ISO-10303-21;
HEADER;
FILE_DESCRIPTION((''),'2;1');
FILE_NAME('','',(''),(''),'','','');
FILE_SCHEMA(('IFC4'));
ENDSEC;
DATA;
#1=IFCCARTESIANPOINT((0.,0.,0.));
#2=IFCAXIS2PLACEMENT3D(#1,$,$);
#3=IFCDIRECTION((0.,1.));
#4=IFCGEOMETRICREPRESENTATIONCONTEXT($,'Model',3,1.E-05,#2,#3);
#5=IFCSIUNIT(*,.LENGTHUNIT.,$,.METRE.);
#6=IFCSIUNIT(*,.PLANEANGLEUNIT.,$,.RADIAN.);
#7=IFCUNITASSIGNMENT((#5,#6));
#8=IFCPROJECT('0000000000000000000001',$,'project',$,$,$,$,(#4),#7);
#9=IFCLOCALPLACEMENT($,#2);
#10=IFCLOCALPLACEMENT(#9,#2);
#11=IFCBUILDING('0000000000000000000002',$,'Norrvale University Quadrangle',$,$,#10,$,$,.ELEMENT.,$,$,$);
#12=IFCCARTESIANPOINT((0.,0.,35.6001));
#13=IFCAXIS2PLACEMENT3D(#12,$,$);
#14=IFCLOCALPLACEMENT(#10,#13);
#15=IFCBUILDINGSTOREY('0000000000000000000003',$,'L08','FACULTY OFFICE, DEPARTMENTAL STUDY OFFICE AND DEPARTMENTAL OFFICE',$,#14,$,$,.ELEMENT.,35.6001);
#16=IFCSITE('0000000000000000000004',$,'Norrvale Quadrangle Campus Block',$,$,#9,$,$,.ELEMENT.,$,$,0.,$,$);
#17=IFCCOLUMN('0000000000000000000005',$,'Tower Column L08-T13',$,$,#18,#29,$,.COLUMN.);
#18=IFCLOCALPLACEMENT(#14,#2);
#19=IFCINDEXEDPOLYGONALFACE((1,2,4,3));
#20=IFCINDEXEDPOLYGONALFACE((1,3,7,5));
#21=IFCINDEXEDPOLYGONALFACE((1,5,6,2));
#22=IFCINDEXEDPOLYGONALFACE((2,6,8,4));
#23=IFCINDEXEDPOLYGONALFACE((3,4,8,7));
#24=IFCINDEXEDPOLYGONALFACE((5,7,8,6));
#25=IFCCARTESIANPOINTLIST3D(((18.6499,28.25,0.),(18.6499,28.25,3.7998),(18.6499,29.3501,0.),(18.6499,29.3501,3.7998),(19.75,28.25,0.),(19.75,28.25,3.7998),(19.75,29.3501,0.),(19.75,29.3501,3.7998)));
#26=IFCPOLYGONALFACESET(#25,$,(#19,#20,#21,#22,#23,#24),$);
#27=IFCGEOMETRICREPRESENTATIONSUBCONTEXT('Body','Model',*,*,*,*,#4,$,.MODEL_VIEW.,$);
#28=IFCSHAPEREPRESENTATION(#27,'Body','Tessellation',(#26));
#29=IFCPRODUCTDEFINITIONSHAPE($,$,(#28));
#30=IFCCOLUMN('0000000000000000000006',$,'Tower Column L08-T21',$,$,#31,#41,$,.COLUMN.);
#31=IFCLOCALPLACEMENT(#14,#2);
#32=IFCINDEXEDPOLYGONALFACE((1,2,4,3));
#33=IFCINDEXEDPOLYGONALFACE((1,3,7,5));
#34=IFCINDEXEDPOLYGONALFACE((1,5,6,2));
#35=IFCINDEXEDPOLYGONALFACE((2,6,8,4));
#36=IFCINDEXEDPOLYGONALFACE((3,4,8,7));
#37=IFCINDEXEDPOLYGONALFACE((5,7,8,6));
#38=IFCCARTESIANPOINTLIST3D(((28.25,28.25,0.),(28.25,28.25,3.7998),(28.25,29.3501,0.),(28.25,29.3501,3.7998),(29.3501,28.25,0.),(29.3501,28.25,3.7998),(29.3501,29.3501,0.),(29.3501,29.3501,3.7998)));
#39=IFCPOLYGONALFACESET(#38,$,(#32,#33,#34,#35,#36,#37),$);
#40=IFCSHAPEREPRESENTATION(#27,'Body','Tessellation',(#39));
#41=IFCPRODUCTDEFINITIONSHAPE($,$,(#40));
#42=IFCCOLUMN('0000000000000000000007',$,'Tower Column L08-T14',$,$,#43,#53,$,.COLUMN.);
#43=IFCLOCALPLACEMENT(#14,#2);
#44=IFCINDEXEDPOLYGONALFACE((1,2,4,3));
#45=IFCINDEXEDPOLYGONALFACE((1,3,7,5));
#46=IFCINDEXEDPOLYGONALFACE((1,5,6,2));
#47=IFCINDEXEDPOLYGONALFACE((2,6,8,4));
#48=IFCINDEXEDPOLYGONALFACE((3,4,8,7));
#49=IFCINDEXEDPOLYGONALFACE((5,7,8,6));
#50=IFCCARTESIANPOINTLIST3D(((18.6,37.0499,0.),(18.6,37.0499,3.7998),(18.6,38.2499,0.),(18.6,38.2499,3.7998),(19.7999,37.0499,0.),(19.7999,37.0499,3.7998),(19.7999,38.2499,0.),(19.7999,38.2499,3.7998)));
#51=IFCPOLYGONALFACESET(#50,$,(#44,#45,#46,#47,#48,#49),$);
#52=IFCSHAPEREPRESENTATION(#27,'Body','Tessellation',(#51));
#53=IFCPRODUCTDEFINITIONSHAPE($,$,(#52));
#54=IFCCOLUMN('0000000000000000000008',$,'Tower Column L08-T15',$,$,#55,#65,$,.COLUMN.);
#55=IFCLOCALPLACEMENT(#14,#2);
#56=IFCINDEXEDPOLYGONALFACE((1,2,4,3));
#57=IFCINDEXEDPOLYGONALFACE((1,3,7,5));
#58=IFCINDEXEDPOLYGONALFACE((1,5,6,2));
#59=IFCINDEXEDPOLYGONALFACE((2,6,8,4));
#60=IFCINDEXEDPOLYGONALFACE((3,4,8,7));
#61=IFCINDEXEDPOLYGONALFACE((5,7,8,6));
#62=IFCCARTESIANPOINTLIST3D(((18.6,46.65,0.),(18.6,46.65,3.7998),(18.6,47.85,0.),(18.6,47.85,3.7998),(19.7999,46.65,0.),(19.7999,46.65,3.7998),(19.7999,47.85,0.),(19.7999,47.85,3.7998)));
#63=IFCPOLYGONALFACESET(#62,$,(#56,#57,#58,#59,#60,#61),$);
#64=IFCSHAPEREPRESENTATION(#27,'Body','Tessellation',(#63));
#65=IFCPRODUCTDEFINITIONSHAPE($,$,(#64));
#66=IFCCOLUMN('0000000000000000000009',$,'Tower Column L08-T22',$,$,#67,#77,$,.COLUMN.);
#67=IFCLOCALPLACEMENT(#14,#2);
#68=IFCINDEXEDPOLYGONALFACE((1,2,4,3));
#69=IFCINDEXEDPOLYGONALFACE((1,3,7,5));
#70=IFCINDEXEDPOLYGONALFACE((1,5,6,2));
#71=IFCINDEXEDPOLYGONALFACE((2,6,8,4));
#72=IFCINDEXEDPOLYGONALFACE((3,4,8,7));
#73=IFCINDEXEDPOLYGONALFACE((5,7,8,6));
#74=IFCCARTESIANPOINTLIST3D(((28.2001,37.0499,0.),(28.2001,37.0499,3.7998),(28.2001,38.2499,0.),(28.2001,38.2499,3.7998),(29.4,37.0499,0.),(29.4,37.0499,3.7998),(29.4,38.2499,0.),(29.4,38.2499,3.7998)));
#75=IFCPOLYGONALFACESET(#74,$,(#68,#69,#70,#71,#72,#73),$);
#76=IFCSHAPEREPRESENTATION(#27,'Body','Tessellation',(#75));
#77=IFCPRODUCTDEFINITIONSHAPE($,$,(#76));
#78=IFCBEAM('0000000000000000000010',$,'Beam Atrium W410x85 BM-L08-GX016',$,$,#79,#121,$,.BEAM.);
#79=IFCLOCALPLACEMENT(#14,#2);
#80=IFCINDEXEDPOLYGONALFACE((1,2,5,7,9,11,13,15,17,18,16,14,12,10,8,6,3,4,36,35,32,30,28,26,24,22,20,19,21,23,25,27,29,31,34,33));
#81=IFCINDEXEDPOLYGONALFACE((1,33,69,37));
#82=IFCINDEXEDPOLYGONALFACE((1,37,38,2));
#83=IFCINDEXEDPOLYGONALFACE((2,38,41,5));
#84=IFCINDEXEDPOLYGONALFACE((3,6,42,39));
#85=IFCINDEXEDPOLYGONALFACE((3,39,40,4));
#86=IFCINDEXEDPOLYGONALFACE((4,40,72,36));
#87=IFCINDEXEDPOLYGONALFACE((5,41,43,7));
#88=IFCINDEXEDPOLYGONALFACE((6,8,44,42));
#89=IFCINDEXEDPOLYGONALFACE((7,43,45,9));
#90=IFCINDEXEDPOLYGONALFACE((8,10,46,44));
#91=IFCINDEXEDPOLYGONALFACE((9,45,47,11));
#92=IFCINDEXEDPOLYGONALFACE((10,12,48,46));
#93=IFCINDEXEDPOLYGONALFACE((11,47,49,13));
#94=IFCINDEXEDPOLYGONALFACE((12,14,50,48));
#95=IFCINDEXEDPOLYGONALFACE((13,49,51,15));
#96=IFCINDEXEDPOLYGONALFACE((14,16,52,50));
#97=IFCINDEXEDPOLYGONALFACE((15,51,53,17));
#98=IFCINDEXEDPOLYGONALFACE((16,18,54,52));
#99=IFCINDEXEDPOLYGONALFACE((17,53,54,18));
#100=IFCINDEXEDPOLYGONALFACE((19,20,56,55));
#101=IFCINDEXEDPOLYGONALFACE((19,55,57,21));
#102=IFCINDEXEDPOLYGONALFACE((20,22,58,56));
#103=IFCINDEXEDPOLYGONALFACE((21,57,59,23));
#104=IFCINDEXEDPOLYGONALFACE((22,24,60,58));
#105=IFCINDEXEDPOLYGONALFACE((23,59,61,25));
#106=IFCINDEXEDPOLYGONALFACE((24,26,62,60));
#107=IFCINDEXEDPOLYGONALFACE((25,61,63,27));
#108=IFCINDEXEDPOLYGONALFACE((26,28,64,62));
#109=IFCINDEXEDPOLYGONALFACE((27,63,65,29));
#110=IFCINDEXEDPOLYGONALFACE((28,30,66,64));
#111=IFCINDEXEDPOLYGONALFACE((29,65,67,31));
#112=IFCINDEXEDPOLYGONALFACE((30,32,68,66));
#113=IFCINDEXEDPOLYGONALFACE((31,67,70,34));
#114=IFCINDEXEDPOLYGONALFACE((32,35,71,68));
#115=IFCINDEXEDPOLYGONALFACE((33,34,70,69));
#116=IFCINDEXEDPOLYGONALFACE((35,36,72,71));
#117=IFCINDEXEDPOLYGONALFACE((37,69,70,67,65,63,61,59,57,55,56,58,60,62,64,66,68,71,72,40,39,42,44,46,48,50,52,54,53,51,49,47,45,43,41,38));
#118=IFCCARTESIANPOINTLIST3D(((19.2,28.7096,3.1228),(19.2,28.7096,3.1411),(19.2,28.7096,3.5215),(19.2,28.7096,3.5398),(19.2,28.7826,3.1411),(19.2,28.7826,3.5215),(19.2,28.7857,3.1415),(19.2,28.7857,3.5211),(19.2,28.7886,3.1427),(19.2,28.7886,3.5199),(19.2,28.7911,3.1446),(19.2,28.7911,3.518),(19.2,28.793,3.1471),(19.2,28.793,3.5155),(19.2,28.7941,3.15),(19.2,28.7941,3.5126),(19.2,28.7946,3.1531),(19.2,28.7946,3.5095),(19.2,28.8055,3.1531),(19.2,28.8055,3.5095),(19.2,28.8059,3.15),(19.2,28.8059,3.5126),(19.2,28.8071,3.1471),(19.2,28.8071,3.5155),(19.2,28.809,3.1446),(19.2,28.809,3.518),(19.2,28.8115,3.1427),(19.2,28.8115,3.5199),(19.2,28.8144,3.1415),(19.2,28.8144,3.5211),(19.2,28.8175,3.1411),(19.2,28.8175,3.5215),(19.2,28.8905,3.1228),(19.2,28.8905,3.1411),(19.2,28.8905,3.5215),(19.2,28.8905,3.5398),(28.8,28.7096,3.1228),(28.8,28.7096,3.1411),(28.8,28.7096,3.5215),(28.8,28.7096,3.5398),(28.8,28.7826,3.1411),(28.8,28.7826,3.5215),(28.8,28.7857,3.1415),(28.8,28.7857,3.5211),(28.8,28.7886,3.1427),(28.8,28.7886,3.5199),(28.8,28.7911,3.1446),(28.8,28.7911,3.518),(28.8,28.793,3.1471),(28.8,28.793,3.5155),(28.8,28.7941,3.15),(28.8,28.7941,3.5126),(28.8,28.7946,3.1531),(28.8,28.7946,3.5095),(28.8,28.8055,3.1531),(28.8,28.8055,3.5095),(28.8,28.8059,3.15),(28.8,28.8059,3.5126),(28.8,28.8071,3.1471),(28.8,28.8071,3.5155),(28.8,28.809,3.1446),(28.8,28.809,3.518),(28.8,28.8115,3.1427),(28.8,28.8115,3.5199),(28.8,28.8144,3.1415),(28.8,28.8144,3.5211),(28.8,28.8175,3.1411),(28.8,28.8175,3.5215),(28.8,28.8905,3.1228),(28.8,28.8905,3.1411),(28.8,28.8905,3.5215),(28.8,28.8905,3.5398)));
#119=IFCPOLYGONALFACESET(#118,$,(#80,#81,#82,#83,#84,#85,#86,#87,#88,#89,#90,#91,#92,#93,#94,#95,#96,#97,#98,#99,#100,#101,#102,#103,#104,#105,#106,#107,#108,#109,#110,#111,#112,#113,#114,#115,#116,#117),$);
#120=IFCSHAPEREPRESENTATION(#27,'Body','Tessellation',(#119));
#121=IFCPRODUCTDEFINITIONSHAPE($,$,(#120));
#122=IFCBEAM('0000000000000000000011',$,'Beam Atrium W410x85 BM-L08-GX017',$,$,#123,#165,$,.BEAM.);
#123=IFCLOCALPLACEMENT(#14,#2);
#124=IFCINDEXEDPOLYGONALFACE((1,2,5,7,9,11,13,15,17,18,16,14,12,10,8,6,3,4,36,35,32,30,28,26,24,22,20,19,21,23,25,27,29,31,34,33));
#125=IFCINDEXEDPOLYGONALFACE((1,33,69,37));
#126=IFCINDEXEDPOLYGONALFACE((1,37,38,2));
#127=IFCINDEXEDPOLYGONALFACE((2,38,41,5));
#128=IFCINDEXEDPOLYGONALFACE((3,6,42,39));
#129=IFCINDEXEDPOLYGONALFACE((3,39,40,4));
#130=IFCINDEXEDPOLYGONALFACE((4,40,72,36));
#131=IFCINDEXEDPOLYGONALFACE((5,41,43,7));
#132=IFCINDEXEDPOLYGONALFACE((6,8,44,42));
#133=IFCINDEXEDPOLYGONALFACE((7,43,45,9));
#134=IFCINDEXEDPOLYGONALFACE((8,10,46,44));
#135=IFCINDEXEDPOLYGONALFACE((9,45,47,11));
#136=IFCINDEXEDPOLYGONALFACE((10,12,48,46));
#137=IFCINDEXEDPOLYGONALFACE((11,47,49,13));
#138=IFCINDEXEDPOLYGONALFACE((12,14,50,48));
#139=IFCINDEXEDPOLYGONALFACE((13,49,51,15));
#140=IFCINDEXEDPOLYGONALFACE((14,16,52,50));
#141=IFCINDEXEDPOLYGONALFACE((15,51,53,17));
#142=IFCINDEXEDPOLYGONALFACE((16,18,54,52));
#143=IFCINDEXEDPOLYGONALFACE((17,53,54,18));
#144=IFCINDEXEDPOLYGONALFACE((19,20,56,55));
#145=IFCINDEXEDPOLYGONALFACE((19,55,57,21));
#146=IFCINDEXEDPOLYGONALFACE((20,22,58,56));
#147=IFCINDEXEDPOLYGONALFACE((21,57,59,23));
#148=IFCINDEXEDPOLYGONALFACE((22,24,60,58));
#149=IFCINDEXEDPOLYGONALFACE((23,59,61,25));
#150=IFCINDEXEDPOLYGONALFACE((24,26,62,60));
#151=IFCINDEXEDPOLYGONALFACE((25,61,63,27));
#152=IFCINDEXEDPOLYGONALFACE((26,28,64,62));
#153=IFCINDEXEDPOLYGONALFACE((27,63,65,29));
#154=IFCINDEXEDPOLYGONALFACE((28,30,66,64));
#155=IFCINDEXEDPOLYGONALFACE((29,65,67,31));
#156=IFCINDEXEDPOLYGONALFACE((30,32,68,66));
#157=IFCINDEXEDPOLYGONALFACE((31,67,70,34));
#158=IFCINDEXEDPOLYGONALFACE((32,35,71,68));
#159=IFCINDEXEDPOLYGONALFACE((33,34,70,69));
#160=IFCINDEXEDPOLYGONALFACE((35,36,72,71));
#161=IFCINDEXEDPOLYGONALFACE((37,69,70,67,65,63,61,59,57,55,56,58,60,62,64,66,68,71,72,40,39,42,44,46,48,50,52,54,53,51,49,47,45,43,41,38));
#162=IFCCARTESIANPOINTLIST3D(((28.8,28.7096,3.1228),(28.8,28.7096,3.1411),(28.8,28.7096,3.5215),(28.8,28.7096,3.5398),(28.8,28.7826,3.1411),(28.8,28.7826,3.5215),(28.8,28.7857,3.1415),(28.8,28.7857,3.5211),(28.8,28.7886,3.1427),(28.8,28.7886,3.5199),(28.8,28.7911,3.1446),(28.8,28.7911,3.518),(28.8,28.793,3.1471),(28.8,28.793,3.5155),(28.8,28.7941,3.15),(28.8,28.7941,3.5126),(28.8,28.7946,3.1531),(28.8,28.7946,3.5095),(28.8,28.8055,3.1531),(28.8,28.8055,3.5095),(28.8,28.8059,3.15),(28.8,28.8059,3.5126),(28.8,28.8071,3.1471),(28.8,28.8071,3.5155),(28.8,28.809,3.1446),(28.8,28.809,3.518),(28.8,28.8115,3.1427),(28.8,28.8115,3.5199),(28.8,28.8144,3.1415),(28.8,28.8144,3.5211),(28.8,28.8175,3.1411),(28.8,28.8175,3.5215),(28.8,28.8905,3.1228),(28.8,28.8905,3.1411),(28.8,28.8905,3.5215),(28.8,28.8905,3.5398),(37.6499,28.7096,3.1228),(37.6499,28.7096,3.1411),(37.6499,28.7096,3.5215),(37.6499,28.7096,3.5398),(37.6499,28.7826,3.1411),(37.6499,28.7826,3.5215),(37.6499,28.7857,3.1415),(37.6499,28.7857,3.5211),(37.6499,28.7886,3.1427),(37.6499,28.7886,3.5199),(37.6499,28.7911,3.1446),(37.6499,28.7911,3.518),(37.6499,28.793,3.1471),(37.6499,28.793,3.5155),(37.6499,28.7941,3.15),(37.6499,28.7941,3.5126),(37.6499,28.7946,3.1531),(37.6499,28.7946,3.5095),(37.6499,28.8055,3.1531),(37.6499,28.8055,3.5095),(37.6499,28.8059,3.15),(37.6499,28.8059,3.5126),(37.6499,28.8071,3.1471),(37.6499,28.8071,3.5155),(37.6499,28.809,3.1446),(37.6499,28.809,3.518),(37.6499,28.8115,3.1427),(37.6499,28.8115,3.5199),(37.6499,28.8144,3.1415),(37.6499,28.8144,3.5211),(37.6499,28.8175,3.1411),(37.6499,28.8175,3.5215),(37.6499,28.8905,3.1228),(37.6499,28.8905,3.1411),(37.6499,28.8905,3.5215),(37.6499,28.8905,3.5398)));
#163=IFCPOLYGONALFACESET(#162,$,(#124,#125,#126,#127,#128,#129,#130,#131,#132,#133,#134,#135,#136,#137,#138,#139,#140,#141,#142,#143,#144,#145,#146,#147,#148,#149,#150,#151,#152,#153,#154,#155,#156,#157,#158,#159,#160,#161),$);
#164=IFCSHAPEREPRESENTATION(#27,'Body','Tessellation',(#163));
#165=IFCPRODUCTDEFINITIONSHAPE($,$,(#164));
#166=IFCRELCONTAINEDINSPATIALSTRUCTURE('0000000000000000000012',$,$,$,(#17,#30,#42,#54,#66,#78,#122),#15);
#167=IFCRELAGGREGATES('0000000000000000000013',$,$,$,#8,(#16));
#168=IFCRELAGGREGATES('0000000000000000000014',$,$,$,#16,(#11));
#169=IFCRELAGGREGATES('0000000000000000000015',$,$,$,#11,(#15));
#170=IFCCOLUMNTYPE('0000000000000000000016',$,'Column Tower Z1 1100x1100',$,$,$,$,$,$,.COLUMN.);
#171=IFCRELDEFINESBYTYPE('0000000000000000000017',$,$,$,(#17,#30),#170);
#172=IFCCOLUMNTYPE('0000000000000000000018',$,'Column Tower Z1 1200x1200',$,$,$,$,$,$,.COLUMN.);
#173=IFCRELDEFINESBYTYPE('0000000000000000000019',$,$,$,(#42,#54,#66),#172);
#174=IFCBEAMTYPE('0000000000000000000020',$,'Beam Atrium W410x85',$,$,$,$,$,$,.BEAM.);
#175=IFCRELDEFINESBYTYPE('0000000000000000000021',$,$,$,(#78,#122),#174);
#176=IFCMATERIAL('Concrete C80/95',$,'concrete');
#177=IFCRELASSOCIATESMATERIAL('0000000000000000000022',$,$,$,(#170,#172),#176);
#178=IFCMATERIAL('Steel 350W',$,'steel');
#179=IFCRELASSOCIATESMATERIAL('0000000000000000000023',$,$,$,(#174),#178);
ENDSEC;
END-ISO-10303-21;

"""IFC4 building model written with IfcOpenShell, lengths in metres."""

from ifc_helpers import new_model, si_unit, direction, frame, origin, origin_2d, place, context, subcontext, project, spatial, rectangle, i_section, extrude, material, material_profile, profile_set, type_object, element, save


model = new_model("IFC4")

# Units and contexts
model_context = context("Model", 3, precision=1e-05, world=origin(), true_north=direction((0.0, 1.0)))
body_context = subcontext(model_context, "Body", "Model", "MODEL_VIEW")
ifc_project = project(units=[si_unit("LENGTHUNIT", "METRE"), si_unit("PLANEANGLEUNIT", "RADIAN")], contexts=[model_context])

# Site, building, storey
site_placement = place(None, origin())
site = spatial("IfcSite", under=ifc_project, at=site_placement, Name="Norrvale Quadrangle Campus Block", CompositionType="ELEMENT", RefElevation=0.0)
building_placement = place(site_placement, origin())
building = spatial("IfcBuilding", under=site, at=building_placement, Name="Norrvale University Quadrangle", CompositionType="ELEMENT")
storey_placement = place(building_placement, frame((0.0, 0.0, 35.6001)))
storey = spatial("IfcBuildingStorey", under=building, at=storey_placement, Name="L08", Description="FACULTY OFFICE, DEPARTMENTAL STUDY OFFICE AND DEPARTMENTAL OFFICE", CompositionType="ELEMENT", Elevation=35.6001)

# Columns
ifc_material_1 = material(Name="Concrete C80/95", Category="concrete")
ifc_material_profile_1 = material_profile(ifc_material_1, rectangle(XDim=1.1001, YDim=1.1001, at=origin_2d()), Name="Concrete C80/95")
ifc_profile_set_1 = profile_set([ifc_material_profile_1], Name="Concrete C80/95")
column_type_1 = type_object("IfcColumnType", Name="Column Tower Z1 1100x1100", PredefinedType="COLUMN", material=ifc_profile_set_1)
for number, where, z_axis, x_axis, name in (
    (1, (19.2, 28.8, 0.0), (0.0, 0.0, 1.0), (1.0, 0.0, 0.0), "Tower Column L08-T13"),
    (2, (28.8, 28.8, 0.0), (0.0, 0.0, 1.0), (1.0, 0.0, 0.0), "Tower Column L08-T21"),
):
    element("IfcColumn", number, at=place(storey_placement, frame(where, z_axis=z_axis, x_axis=x_axis)), inside=storey, type_object=column_type_1, Name=name, PredefinedType="COLUMN", context=body_context, shape_type="SweptSolid", body=[
        extrude(rectangle(XDim=1.1001, YDim=1.1001, at=origin_2d()), origin(), (0.0, 0.0, 1.0), 3.7998),
    ])
ifc_material_profile_2 = material_profile(ifc_material_1, rectangle(XDim=1.2, YDim=1.2, at=origin_2d()), Name="Concrete C80/95")
ifc_profile_set_2 = profile_set([ifc_material_profile_2], Name="Concrete C80/95")
column_type_2 = type_object("IfcColumnType", Name="Column Tower Z1 1200x1200", PredefinedType="COLUMN", material=ifc_profile_set_2)
for number, where, z_axis, x_axis, name in (
    (3, (19.2, 37.6499, 0.0), (0.0, 0.0, 1.0), (1.0, 0.0, 0.0), "Tower Column L08-T14"),
    (4, (19.2, 47.25, 0.0), (0.0, 0.0, 1.0), (1.0, 0.0, 0.0), "Tower Column L08-T15"),
    (5, (28.8, 37.6499, 0.0), (0.0, 0.0, 1.0), (1.0, 0.0, 0.0), "Tower Column L08-T22"),
):
    element("IfcColumn", number, at=place(storey_placement, frame(where, z_axis=z_axis, x_axis=x_axis)), inside=storey, type_object=column_type_2, Name=name, PredefinedType="COLUMN", context=body_context, shape_type="SweptSolid", body=[
        extrude(rectangle(XDim=1.2, YDim=1.2, at=origin_2d()), origin(), (0.0, 0.0, 1.0), 3.7998),
    ])

# Beams
ifc_material_2 = material(Name="Steel 350W", Category="steel")
ifc_material_profile_3 = material_profile(ifc_material_2, i_section(OverallWidth=0.1809, OverallDepth=0.417, WebThickness=0.011, FlangeThickness=0.0183, FilletRadius=0.012, at=origin_2d()), Name="Steel 350W")
ifc_profile_set_3 = profile_set([ifc_material_profile_3], Name="Steel 350W")
beam_type_1 = type_object("IfcBeamType", Name="Beam Atrium W410x85", PredefinedType="BEAM", material=ifc_profile_set_3)
beam_1_placement = place(storey_placement, frame((19.2, 28.8, 3.3313), z_axis=(1.0, 0.0, 0.0), x_axis=(0.0, 1.0, 0.0)))
element("IfcBeam", 6, at=beam_1_placement, inside=storey, type_object=beam_type_1, Name="Beam Atrium W410x85 BM-L08-GX016", PredefinedType="BEAM", context=body_context, shape_type="SweptSolid", body=[
    extrude(i_section(OverallWidth=0.1809, OverallDepth=0.417, WebThickness=0.011, FlangeThickness=0.0183, FilletRadius=0.012, at=origin_2d()), origin(), (0.0, 0.0, 1.0), 9.6001),
])
beam_2_placement = place(storey_placement, frame((28.8, 28.8, 3.3313), z_axis=(1.0, 0.0, 0.0), x_axis=(0.0, 1.0, 0.0)))
element("IfcBeam", 7, at=beam_2_placement, inside=storey, type_object=beam_type_1, Name="Beam Atrium W410x85 BM-L08-GX017", PredefinedType="BEAM", context=body_context, shape_type="SweptSolid", body=[
    extrude(i_section(OverallWidth=0.1809, OverallDepth=0.417, WebThickness=0.011, FlangeThickness=0.0183, FilletRadius=0.012, at=origin_2d()), origin(), (0.0, 0.0, 1.0), 8.8499),
])

save(model, "model.ifc")
